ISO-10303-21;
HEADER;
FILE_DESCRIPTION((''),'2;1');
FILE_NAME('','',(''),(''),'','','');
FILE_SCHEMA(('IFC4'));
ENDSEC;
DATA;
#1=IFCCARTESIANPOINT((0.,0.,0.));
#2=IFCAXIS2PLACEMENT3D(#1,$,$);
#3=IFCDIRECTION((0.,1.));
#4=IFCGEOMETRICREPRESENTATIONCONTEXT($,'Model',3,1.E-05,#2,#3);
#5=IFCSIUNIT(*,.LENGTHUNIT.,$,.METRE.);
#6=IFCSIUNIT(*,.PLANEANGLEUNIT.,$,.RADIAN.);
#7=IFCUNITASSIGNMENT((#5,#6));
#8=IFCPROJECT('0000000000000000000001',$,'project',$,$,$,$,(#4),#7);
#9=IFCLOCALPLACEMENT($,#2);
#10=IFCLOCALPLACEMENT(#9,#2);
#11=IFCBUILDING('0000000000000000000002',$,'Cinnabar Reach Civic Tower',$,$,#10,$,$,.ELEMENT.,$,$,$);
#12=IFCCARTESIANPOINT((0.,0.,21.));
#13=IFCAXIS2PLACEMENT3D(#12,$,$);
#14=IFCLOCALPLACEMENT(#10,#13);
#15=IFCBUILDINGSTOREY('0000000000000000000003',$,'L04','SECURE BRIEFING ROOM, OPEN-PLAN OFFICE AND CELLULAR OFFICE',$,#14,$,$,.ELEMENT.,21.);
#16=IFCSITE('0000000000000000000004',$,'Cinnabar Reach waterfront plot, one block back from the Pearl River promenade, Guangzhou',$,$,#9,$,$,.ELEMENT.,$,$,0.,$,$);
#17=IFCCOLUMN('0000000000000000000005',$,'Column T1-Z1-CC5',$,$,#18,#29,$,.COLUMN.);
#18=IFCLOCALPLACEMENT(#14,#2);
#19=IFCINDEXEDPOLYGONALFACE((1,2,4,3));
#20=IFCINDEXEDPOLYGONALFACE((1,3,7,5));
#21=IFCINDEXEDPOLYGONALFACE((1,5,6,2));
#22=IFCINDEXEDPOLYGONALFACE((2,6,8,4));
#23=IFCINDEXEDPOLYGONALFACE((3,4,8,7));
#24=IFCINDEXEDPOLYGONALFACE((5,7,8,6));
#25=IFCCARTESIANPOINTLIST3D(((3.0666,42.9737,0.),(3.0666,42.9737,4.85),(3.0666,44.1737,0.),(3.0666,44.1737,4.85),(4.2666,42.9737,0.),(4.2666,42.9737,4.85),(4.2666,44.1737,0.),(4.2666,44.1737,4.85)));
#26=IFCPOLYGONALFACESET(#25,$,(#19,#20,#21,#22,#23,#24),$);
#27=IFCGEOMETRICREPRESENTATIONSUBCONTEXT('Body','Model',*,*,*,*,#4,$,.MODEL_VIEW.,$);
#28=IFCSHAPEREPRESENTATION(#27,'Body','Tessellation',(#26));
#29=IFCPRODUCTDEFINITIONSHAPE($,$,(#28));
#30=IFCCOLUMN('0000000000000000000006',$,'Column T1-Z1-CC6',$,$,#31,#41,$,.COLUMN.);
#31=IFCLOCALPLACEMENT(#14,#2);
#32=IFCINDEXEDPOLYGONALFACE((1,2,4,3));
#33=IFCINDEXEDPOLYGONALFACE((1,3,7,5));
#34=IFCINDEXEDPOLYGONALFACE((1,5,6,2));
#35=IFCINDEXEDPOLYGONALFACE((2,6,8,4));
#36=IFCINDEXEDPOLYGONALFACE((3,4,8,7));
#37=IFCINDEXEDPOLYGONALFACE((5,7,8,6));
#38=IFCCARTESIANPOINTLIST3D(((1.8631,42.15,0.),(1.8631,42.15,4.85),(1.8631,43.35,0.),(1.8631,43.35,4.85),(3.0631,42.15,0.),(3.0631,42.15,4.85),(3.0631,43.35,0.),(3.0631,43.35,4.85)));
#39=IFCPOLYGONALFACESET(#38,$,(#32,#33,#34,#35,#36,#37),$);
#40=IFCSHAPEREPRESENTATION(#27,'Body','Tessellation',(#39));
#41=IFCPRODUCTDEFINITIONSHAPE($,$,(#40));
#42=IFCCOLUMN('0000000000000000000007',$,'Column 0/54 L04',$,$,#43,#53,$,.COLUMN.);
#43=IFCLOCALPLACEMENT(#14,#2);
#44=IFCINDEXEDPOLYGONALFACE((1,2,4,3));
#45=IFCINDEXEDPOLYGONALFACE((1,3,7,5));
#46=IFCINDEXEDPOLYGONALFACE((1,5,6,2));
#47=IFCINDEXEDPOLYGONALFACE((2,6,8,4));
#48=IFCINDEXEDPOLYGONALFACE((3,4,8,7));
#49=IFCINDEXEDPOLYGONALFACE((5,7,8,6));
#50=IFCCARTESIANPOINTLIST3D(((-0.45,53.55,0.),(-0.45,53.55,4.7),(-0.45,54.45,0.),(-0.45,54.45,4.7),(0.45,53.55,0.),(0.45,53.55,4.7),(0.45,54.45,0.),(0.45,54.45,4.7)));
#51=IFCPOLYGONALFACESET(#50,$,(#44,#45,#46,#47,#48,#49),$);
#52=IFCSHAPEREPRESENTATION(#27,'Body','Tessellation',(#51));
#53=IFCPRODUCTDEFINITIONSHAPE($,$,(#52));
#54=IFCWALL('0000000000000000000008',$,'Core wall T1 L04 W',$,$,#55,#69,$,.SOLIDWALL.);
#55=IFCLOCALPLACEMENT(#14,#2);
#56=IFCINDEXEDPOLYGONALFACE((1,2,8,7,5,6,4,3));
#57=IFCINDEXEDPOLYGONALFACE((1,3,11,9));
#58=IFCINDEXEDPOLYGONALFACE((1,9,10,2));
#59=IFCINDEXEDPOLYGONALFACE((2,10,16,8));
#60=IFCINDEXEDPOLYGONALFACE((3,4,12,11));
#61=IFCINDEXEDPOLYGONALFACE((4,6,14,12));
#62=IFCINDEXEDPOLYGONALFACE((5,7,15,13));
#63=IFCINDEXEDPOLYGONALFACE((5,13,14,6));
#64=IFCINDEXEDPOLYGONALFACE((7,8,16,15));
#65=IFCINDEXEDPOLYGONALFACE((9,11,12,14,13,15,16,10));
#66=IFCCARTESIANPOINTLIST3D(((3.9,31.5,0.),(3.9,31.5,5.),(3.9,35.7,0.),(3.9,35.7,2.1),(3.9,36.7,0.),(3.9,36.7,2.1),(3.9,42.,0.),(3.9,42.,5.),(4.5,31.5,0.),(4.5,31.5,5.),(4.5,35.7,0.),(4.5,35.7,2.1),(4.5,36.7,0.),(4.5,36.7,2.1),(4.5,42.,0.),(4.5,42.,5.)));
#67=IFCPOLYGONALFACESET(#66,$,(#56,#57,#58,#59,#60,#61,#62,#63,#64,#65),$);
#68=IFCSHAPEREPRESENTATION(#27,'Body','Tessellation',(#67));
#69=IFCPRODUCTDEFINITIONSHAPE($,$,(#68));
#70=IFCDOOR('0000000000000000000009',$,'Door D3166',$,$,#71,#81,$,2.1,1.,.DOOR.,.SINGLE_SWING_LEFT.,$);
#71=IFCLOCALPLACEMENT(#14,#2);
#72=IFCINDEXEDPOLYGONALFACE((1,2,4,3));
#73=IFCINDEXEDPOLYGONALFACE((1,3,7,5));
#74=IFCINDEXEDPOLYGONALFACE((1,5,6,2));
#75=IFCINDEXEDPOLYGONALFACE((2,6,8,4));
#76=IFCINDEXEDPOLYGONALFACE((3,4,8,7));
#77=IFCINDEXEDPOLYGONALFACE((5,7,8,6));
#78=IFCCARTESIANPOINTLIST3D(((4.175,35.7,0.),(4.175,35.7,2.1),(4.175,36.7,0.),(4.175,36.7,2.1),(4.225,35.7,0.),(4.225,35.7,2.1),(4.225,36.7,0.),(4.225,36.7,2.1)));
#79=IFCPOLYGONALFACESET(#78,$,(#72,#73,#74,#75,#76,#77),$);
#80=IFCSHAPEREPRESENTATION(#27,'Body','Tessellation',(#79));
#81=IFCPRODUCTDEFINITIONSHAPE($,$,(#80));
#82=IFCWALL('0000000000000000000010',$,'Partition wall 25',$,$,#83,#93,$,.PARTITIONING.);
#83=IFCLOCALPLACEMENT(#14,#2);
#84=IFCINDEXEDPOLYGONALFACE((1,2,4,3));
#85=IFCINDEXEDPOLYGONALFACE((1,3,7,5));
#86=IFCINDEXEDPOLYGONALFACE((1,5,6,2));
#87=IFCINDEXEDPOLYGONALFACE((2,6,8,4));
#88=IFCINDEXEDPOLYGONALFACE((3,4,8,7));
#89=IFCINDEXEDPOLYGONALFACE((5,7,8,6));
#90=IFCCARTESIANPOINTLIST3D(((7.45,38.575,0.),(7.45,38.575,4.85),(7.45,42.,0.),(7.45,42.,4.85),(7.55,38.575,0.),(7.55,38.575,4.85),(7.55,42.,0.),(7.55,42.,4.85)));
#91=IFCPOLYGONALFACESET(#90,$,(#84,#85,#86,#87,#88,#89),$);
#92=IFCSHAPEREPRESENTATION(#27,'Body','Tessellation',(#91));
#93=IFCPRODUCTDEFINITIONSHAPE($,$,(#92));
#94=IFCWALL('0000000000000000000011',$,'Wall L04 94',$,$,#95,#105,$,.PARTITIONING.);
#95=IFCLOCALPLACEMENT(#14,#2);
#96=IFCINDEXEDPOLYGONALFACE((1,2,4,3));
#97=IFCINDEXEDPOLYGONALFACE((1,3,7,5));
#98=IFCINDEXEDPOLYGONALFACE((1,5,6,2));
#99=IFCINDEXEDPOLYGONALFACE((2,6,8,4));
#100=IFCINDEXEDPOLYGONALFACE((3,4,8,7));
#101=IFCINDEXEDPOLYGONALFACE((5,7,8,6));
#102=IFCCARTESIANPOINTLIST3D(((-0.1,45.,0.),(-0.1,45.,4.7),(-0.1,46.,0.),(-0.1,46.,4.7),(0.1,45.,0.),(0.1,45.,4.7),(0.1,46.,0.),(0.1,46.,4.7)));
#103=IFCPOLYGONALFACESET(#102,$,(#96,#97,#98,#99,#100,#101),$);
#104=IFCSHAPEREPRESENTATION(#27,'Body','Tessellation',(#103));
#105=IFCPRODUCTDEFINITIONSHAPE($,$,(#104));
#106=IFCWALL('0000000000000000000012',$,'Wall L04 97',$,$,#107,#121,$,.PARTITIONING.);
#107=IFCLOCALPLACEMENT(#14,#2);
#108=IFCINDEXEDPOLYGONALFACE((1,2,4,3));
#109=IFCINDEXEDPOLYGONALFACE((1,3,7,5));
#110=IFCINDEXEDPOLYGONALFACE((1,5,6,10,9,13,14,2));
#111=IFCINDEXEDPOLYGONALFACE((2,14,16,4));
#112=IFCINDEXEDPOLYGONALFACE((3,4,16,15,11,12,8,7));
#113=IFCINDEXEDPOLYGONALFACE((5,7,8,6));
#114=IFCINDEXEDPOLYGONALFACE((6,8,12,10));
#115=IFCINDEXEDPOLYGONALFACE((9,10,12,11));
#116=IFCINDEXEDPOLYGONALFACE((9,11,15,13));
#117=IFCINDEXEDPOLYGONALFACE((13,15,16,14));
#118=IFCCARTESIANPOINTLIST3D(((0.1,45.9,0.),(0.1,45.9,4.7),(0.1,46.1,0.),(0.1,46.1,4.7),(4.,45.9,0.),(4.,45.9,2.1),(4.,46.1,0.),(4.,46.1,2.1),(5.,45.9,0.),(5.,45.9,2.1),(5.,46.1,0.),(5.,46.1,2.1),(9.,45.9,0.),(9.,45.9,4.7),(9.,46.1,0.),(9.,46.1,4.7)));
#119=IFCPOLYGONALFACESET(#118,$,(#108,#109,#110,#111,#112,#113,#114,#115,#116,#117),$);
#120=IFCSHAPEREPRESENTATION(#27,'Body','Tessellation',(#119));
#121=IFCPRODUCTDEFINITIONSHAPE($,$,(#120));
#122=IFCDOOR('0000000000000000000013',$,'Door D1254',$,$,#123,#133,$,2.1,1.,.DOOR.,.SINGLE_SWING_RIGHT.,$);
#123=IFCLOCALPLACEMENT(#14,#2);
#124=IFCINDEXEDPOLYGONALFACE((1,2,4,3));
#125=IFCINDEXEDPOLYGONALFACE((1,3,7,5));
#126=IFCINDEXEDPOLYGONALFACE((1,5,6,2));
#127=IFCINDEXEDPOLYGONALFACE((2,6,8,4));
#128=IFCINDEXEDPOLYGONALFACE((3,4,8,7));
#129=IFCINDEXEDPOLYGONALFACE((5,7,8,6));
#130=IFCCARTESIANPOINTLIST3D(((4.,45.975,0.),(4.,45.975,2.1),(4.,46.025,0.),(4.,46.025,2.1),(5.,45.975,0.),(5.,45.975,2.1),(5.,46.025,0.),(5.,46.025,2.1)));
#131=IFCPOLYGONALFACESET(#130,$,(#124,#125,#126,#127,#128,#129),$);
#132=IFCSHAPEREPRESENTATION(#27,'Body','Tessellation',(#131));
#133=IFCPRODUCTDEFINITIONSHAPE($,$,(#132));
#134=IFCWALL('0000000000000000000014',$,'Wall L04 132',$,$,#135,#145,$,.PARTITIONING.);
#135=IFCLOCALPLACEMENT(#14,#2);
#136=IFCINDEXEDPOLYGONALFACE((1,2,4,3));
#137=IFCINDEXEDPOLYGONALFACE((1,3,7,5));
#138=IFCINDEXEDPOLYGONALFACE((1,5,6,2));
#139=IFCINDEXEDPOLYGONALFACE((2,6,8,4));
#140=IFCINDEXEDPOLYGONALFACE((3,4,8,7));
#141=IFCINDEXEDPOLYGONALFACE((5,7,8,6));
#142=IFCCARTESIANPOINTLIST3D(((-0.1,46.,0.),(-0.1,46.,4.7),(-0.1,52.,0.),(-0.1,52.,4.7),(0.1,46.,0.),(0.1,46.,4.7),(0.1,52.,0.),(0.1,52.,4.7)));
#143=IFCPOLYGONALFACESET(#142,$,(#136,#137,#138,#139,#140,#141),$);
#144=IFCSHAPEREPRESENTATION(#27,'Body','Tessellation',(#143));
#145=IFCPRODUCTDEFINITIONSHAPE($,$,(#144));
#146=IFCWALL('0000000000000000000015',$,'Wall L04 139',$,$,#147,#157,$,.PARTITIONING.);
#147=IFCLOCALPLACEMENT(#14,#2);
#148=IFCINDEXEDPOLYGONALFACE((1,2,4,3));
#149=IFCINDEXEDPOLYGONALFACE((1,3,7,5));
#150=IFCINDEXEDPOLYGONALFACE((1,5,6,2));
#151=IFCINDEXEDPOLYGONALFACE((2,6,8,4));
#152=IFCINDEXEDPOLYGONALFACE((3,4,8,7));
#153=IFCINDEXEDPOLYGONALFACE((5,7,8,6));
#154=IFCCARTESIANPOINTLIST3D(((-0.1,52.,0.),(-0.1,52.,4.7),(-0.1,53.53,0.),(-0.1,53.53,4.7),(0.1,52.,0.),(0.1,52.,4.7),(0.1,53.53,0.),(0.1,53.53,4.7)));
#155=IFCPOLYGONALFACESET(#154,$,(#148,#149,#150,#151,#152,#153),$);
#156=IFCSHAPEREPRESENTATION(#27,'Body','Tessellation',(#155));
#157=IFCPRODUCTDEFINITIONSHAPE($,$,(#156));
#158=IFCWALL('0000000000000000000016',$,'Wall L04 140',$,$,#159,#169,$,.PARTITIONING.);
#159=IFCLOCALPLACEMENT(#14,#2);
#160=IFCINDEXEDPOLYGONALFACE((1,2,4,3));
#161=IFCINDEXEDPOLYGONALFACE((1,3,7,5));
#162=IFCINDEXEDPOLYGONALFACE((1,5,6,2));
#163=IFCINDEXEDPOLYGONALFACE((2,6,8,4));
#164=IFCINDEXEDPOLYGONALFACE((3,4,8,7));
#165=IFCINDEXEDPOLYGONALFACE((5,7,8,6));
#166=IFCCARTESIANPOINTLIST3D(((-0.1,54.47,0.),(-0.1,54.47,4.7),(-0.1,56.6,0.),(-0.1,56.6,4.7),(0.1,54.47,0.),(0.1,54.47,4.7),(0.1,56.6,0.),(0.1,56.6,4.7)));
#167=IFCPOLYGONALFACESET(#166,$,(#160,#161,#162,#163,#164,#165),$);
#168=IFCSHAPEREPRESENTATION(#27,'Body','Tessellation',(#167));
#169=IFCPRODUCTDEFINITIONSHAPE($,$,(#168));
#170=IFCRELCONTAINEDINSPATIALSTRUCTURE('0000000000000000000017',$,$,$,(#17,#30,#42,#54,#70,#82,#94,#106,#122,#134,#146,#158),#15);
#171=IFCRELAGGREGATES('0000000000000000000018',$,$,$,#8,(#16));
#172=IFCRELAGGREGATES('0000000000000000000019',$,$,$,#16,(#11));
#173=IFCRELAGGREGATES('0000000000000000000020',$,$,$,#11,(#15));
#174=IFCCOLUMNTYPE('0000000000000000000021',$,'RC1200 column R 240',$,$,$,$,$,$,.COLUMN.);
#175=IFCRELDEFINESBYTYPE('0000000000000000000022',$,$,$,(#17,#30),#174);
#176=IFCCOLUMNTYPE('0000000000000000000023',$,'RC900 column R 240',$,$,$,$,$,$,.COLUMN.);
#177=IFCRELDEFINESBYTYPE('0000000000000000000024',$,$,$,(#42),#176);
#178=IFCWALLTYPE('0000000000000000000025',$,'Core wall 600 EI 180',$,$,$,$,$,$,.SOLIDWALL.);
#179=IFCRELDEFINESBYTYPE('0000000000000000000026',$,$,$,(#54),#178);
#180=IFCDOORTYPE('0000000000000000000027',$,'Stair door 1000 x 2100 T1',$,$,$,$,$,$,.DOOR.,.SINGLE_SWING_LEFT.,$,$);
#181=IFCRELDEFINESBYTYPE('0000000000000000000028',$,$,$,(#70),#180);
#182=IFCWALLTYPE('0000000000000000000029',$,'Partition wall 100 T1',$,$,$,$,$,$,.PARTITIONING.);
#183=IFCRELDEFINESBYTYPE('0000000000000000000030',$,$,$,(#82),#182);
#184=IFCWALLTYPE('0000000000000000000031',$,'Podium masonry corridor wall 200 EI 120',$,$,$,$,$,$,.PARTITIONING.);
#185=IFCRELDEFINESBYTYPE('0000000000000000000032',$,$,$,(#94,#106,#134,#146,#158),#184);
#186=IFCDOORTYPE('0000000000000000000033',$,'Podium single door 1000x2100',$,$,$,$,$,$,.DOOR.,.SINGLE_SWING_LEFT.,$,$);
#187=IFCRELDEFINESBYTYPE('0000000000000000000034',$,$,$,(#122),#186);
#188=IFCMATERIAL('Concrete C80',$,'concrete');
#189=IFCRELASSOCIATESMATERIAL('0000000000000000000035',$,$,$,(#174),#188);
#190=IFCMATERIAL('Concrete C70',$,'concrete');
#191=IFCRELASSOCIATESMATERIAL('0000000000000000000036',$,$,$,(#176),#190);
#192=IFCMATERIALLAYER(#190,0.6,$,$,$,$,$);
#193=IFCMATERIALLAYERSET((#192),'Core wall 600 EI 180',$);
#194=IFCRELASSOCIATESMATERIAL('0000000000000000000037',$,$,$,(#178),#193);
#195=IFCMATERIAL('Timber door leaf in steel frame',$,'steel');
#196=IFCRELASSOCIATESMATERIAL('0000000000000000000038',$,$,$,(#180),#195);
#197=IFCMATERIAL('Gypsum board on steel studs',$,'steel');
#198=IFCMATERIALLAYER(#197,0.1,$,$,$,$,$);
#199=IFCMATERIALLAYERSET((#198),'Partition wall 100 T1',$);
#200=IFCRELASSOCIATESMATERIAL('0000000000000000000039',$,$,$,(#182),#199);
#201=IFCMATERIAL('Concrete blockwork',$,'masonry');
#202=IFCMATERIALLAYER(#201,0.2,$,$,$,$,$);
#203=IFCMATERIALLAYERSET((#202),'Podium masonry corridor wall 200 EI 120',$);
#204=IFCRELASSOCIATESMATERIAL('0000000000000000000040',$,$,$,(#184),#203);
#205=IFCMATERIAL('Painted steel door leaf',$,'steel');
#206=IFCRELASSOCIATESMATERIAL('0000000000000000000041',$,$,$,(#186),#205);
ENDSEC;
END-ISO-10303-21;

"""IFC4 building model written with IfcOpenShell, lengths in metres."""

from ifc_helpers import new_model, si_unit, direction, frame, frame_2d, origin, origin_2d, place, context, subcontext, project, spatial, rectangle, extrude, material, layer, layer_set, material_profile, profile_set, type_object, element, fill, save


model = new_model("IFC4")

# Units and contexts
model_context = context("Model", 3, precision=1e-05, world=origin(), true_north=direction((0.0, 1.0)))
body_context = subcontext(model_context, "Body", "Model", "MODEL_VIEW")
ifc_project = project(units=[si_unit("LENGTHUNIT", "METRE"), si_unit("PLANEANGLEUNIT", "RADIAN")], contexts=[model_context])

# Site, building, storey
site_placement = place(None, origin())
site = spatial("IfcSite", under=ifc_project, at=site_placement, Name="Cinnabar Reach waterfront plot, one block back from the Pearl River promenade, Guangzhou", CompositionType="ELEMENT", RefElevation=0.0)
building_placement = place(site_placement, origin())
building = spatial("IfcBuilding", under=site, at=building_placement, Name="Cinnabar Reach Civic Tower", CompositionType="ELEMENT")
storey_placement = place(building_placement, frame((0.0, 0.0, 21.0)))
storey = spatial("IfcBuildingStorey", under=building, at=storey_placement, Name="L04", Description="SECURE BRIEFING ROOM, OPEN-PLAN OFFICE AND CELLULAR OFFICE", CompositionType="ELEMENT", Elevation=21.0)

# Columns
ifc_material_1 = material(Name="Concrete C80", Category="concrete")
ifc_material_profile_1 = material_profile(ifc_material_1, rectangle(XDim=1.2, YDim=1.2, at=origin_2d()), Name="RC1200")
ifc_profile_set_1 = profile_set([ifc_material_profile_1], Name="Concrete C80")
column_type_1 = type_object("IfcColumnType", Name="RC1200 column R 240", PredefinedType="COLUMN", material=ifc_profile_set_1)
for number, where, z_axis, x_axis, name in (
    (1, (3.6666, 43.5737, 0.0), (0.0, 0.0, 1.0), (1.0, 0.0, 0.0), "Column T1-Z1-CC5"),
    (2, (2.4631, 42.75, 0.0), (0.0, 0.0, 1.0), (1.0, 0.0, 0.0), "Column T1-Z1-CC6"),
):
    element("IfcColumn", number, at=place(storey_placement, frame(where, z_axis=z_axis, x_axis=x_axis)), inside=storey, type_object=column_type_1, Name=name, PredefinedType="COLUMN", context=body_context, shape_type="SweptSolid", body=[
        extrude(rectangle(XDim=1.2, YDim=1.2, at=origin_2d()), origin(), (0.0, 0.0, 1.0), 4.85),
    ])
ifc_material_2 = material(Name="Concrete C70", Category="concrete")
ifc_material_profile_2 = material_profile(ifc_material_2, rectangle(XDim=0.9, YDim=0.9, at=origin_2d()), Name="RC900")
ifc_profile_set_2 = profile_set([ifc_material_profile_2], Name="Concrete C70")
column_type_2 = type_object("IfcColumnType", Name="RC900 column R 240", PredefinedType="COLUMN", material=ifc_profile_set_2)
column_placement = place(storey_placement, frame((0.0, 54.0, 0.0), z_axis=(0.0, 0.0, 1.0), x_axis=(1.0, 0.0, 0.0)))
element("IfcColumn", 3, at=column_placement, inside=storey, type_object=column_type_2, Name="Column 0/54 L04", PredefinedType="COLUMN", context=body_context, shape_type="SweptSolid", body=[
    extrude(rectangle(XDim=0.9, YDim=0.9, at=origin_2d()), origin(), (0.0, 0.0, 1.0), 4.7),
])

# Wall, opening, door
ifc_layer_1 = layer(ifc_material_2, 0.6)
ifc_layer_set_1 = layer_set([ifc_layer_1], Name="Core wall 600 EI 180")
wall_type_1 = type_object("IfcWallType", Name="Core wall 600 EI 180", PredefinedType="SOLIDWALL", material=ifc_layer_set_1)
wall_1_placement = place(storey_placement, frame((4.2, 42.0, 0.0), z_axis=(0.0, 0.0, 1.0), x_axis=(0.0, -1.0, 0.0)))
wall_1 = element("IfcWall", 4, at=wall_1_placement, inside=storey, type_object=wall_type_1, Name="Core wall T1 L04 W", PredefinedType="SOLIDWALL", context=body_context, shape_type="SweptSolid", body=[
    extrude(rectangle(XDim=10.5, YDim=0.6, at=frame_2d((5.25, 0.0))), origin(), (0.0, 0.0, 1.0), 5.0),
])
opening_1_placement = place(wall_1_placement, frame((5.3, 0.0, 0.0)))
opening_1 = element("IfcOpeningElement", 5, at=opening_1_placement, cuts=wall_1, PredefinedType="OPENING", context=body_context, shape_type="SweptSolid", body=[
    extrude(rectangle(XDim=1.0, YDim=2.1, at=frame_2d((0.5, 1.05))), frame((0.0, 0.31, 0.0), z_axis=(0.0, -1.0, 0.0), x_axis=(1.0, 0.0, 0.0)), (0.0, 0.0, 1.0), 0.62),
])
ifc_material_3 = material(Name="Timber door leaf in steel frame", Category="steel")
door_type_1 = type_object("IfcDoorType", Name="Stair door 1000 x 2100 T1", OperationType="SINGLE_SWING_LEFT", PredefinedType="DOOR", material=ifc_material_3)
door_1_placement = place(opening_1_placement, frame((1.0, 0.0, 0.0), z_axis=(0.0, 0.0, 1.0), x_axis=(-1.0, 0.0, 0.0)))
door_1 = element("IfcDoor", 6, at=door_1_placement, inside=storey, type_object=door_type_1, Name="Door D3166", OperationType="SINGLE_SWING_LEFT", OverallHeight=2.1, OverallWidth=1.0, PredefinedType="DOOR", context=body_context, shape_type="SweptSolid", body=[
    extrude(rectangle(XDim=1.0, YDim=2.1, at=frame_2d((0.5, 1.05))), frame((0.0, 0.025, 0.0), z_axis=(0.0, -1.0, 0.0), x_axis=(1.0, 0.0, 0.0)), (0.0, 0.0, 1.0), 0.05),
])
fill(opening_1, door_1)

# Walls
ifc_material_4 = material(Name="Gypsum board on steel studs", Category="steel")
ifc_layer_2 = layer(ifc_material_4, 0.1)
ifc_layer_set_2 = layer_set([ifc_layer_2], Name="Partition wall 100 T1")
wall_type_2 = type_object("IfcWallType", Name="Partition wall 100 T1", PredefinedType="PARTITIONING", material=ifc_layer_set_2)
wall_2_placement = place(storey_placement, frame((7.5, 38.575, 0.0), z_axis=(0.0, 0.0, 1.0), x_axis=(0.0, 1.0, 0.0)))
element("IfcWall", 7, at=wall_2_placement, inside=storey, type_object=wall_type_2, Name="Partition wall 25", PredefinedType="PARTITIONING", context=body_context, shape_type="SweptSolid", body=[
    extrude(rectangle(XDim=3.425, YDim=0.1, at=frame_2d((1.7125, 0.0))), origin(), (0.0, 0.0, 1.0), 4.85),
])
ifc_material_5 = material(Name="Concrete blockwork", Category="masonry")
ifc_layer_3 = layer(ifc_material_5, 0.2)
ifc_layer_set_3 = layer_set([ifc_layer_3], Name="Podium masonry corridor wall 200 EI 120")
wall_type_3 = type_object("IfcWallType", Name="Podium masonry corridor wall 200 EI 120", PredefinedType="PARTITIONING", material=ifc_layer_set_3)
wall_3_placement = place(storey_placement, frame((0.0, 45.0, 0.0), z_axis=(0.0, 0.0, 1.0), x_axis=(0.0, 1.0, 0.0)))
element("IfcWall", 8, at=wall_3_placement, inside=storey, type_object=wall_type_3, Name="Wall L04 94", PredefinedType="PARTITIONING", context=body_context, shape_type="SweptSolid", body=[
    extrude(rectangle(XDim=1.0, YDim=0.2, at=frame_2d((0.5, 0.0))), origin(), (0.0, 0.0, 1.0), 4.7),
])

# Wall, opening, door
wall_4_placement = place(storey_placement, frame((0.1, 46.0, 0.0), z_axis=(0.0, 0.0, 1.0), x_axis=(1.0, 0.0, 0.0)))
wall_4 = element("IfcWall", 9, at=wall_4_placement, inside=storey, type_object=wall_type_3, Name="Wall L04 97", PredefinedType="PARTITIONING", context=body_context, shape_type="SweptSolid", body=[
    extrude(rectangle(XDim=8.9, YDim=0.2, at=frame_2d((4.45, 0.0))), origin(), (0.0, 0.0, 1.0), 4.7),
])
opening_2_placement = place(wall_4_placement, frame((3.9, 0.0, 0.0)))
opening_2 = element("IfcOpeningElement", 10, at=opening_2_placement, cuts=wall_4, PredefinedType="OPENING", context=body_context, shape_type="SweptSolid", body=[
    extrude(rectangle(XDim=1.0, YDim=2.1, at=frame_2d((0.5, 1.05))), frame((0.0, 0.11, 0.0), z_axis=(0.0, -1.0, 0.0), x_axis=(1.0, 0.0, 0.0)), (0.0, 0.0, 1.0), 0.22),
])
ifc_material_6 = material(Name="Painted steel door leaf", Category="steel")
door_type_2 = type_object("IfcDoorType", Name="Podium single door 1000x2100", OperationType="SINGLE_SWING_LEFT", PredefinedType="DOOR", material=ifc_material_6)
door_2_placement = place(opening_2_placement, origin())
door_2 = element("IfcDoor", 11, at=door_2_placement, inside=storey, type_object=door_type_2, Name="Door D1254", OperationType="SINGLE_SWING_RIGHT", OverallHeight=2.1, OverallWidth=1.0, PredefinedType="DOOR", context=body_context, shape_type="SweptSolid", body=[
    extrude(rectangle(XDim=1.0, YDim=2.1, at=frame_2d((0.5, 1.05))), frame((0.0, 0.025, 0.0), z_axis=(0.0, -1.0, 0.0), x_axis=(1.0, 0.0, 0.0)), (0.0, 0.0, 1.0), 0.05),
])
fill(opening_2, door_2)

# Walls
wall_5_placement = place(storey_placement, frame((0.0, 46.0, 0.0), z_axis=(0.0, 0.0, 1.0), x_axis=(0.0, 1.0, 0.0)))
element("IfcWall", 12, at=wall_5_placement, inside=storey, type_object=wall_type_3, Name="Wall L04 132", PredefinedType="PARTITIONING", context=body_context, shape_type="SweptSolid", body=[
    extrude(rectangle(XDim=6.0, YDim=0.2, at=frame_2d((3.0, 0.0))), origin(), (0.0, 0.0, 1.0), 4.7),
])
wall_6_placement = place(storey_placement, frame((0.0, 52.0, 0.0), z_axis=(0.0, 0.0, 1.0), x_axis=(0.0, 1.0, 0.0)))
element("IfcWall", 13, at=wall_6_placement, inside=storey, type_object=wall_type_3, Name="Wall L04 139", PredefinedType="PARTITIONING", context=body_context, shape_type="SweptSolid", body=[
    extrude(rectangle(XDim=1.53, YDim=0.2, at=frame_2d((0.765, 0.0))), origin(), (0.0, 0.0, 1.0), 4.7),
])
wall_7_placement = place(storey_placement, frame((0.0, 54.47, 0.0), z_axis=(0.0, 0.0, 1.0), x_axis=(0.0, 1.0, 0.0)))
element("IfcWall", 14, at=wall_7_placement, inside=storey, type_object=wall_type_3, Name="Wall L04 140", PredefinedType="PARTITIONING", context=body_context, shape_type="SweptSolid", body=[
    extrude(rectangle(XDim=2.13, YDim=0.2, at=frame_2d((1.065, 0.0))), origin(), (0.0, 0.0, 1.0), 4.7),
])

save(model, "model.ifc")
